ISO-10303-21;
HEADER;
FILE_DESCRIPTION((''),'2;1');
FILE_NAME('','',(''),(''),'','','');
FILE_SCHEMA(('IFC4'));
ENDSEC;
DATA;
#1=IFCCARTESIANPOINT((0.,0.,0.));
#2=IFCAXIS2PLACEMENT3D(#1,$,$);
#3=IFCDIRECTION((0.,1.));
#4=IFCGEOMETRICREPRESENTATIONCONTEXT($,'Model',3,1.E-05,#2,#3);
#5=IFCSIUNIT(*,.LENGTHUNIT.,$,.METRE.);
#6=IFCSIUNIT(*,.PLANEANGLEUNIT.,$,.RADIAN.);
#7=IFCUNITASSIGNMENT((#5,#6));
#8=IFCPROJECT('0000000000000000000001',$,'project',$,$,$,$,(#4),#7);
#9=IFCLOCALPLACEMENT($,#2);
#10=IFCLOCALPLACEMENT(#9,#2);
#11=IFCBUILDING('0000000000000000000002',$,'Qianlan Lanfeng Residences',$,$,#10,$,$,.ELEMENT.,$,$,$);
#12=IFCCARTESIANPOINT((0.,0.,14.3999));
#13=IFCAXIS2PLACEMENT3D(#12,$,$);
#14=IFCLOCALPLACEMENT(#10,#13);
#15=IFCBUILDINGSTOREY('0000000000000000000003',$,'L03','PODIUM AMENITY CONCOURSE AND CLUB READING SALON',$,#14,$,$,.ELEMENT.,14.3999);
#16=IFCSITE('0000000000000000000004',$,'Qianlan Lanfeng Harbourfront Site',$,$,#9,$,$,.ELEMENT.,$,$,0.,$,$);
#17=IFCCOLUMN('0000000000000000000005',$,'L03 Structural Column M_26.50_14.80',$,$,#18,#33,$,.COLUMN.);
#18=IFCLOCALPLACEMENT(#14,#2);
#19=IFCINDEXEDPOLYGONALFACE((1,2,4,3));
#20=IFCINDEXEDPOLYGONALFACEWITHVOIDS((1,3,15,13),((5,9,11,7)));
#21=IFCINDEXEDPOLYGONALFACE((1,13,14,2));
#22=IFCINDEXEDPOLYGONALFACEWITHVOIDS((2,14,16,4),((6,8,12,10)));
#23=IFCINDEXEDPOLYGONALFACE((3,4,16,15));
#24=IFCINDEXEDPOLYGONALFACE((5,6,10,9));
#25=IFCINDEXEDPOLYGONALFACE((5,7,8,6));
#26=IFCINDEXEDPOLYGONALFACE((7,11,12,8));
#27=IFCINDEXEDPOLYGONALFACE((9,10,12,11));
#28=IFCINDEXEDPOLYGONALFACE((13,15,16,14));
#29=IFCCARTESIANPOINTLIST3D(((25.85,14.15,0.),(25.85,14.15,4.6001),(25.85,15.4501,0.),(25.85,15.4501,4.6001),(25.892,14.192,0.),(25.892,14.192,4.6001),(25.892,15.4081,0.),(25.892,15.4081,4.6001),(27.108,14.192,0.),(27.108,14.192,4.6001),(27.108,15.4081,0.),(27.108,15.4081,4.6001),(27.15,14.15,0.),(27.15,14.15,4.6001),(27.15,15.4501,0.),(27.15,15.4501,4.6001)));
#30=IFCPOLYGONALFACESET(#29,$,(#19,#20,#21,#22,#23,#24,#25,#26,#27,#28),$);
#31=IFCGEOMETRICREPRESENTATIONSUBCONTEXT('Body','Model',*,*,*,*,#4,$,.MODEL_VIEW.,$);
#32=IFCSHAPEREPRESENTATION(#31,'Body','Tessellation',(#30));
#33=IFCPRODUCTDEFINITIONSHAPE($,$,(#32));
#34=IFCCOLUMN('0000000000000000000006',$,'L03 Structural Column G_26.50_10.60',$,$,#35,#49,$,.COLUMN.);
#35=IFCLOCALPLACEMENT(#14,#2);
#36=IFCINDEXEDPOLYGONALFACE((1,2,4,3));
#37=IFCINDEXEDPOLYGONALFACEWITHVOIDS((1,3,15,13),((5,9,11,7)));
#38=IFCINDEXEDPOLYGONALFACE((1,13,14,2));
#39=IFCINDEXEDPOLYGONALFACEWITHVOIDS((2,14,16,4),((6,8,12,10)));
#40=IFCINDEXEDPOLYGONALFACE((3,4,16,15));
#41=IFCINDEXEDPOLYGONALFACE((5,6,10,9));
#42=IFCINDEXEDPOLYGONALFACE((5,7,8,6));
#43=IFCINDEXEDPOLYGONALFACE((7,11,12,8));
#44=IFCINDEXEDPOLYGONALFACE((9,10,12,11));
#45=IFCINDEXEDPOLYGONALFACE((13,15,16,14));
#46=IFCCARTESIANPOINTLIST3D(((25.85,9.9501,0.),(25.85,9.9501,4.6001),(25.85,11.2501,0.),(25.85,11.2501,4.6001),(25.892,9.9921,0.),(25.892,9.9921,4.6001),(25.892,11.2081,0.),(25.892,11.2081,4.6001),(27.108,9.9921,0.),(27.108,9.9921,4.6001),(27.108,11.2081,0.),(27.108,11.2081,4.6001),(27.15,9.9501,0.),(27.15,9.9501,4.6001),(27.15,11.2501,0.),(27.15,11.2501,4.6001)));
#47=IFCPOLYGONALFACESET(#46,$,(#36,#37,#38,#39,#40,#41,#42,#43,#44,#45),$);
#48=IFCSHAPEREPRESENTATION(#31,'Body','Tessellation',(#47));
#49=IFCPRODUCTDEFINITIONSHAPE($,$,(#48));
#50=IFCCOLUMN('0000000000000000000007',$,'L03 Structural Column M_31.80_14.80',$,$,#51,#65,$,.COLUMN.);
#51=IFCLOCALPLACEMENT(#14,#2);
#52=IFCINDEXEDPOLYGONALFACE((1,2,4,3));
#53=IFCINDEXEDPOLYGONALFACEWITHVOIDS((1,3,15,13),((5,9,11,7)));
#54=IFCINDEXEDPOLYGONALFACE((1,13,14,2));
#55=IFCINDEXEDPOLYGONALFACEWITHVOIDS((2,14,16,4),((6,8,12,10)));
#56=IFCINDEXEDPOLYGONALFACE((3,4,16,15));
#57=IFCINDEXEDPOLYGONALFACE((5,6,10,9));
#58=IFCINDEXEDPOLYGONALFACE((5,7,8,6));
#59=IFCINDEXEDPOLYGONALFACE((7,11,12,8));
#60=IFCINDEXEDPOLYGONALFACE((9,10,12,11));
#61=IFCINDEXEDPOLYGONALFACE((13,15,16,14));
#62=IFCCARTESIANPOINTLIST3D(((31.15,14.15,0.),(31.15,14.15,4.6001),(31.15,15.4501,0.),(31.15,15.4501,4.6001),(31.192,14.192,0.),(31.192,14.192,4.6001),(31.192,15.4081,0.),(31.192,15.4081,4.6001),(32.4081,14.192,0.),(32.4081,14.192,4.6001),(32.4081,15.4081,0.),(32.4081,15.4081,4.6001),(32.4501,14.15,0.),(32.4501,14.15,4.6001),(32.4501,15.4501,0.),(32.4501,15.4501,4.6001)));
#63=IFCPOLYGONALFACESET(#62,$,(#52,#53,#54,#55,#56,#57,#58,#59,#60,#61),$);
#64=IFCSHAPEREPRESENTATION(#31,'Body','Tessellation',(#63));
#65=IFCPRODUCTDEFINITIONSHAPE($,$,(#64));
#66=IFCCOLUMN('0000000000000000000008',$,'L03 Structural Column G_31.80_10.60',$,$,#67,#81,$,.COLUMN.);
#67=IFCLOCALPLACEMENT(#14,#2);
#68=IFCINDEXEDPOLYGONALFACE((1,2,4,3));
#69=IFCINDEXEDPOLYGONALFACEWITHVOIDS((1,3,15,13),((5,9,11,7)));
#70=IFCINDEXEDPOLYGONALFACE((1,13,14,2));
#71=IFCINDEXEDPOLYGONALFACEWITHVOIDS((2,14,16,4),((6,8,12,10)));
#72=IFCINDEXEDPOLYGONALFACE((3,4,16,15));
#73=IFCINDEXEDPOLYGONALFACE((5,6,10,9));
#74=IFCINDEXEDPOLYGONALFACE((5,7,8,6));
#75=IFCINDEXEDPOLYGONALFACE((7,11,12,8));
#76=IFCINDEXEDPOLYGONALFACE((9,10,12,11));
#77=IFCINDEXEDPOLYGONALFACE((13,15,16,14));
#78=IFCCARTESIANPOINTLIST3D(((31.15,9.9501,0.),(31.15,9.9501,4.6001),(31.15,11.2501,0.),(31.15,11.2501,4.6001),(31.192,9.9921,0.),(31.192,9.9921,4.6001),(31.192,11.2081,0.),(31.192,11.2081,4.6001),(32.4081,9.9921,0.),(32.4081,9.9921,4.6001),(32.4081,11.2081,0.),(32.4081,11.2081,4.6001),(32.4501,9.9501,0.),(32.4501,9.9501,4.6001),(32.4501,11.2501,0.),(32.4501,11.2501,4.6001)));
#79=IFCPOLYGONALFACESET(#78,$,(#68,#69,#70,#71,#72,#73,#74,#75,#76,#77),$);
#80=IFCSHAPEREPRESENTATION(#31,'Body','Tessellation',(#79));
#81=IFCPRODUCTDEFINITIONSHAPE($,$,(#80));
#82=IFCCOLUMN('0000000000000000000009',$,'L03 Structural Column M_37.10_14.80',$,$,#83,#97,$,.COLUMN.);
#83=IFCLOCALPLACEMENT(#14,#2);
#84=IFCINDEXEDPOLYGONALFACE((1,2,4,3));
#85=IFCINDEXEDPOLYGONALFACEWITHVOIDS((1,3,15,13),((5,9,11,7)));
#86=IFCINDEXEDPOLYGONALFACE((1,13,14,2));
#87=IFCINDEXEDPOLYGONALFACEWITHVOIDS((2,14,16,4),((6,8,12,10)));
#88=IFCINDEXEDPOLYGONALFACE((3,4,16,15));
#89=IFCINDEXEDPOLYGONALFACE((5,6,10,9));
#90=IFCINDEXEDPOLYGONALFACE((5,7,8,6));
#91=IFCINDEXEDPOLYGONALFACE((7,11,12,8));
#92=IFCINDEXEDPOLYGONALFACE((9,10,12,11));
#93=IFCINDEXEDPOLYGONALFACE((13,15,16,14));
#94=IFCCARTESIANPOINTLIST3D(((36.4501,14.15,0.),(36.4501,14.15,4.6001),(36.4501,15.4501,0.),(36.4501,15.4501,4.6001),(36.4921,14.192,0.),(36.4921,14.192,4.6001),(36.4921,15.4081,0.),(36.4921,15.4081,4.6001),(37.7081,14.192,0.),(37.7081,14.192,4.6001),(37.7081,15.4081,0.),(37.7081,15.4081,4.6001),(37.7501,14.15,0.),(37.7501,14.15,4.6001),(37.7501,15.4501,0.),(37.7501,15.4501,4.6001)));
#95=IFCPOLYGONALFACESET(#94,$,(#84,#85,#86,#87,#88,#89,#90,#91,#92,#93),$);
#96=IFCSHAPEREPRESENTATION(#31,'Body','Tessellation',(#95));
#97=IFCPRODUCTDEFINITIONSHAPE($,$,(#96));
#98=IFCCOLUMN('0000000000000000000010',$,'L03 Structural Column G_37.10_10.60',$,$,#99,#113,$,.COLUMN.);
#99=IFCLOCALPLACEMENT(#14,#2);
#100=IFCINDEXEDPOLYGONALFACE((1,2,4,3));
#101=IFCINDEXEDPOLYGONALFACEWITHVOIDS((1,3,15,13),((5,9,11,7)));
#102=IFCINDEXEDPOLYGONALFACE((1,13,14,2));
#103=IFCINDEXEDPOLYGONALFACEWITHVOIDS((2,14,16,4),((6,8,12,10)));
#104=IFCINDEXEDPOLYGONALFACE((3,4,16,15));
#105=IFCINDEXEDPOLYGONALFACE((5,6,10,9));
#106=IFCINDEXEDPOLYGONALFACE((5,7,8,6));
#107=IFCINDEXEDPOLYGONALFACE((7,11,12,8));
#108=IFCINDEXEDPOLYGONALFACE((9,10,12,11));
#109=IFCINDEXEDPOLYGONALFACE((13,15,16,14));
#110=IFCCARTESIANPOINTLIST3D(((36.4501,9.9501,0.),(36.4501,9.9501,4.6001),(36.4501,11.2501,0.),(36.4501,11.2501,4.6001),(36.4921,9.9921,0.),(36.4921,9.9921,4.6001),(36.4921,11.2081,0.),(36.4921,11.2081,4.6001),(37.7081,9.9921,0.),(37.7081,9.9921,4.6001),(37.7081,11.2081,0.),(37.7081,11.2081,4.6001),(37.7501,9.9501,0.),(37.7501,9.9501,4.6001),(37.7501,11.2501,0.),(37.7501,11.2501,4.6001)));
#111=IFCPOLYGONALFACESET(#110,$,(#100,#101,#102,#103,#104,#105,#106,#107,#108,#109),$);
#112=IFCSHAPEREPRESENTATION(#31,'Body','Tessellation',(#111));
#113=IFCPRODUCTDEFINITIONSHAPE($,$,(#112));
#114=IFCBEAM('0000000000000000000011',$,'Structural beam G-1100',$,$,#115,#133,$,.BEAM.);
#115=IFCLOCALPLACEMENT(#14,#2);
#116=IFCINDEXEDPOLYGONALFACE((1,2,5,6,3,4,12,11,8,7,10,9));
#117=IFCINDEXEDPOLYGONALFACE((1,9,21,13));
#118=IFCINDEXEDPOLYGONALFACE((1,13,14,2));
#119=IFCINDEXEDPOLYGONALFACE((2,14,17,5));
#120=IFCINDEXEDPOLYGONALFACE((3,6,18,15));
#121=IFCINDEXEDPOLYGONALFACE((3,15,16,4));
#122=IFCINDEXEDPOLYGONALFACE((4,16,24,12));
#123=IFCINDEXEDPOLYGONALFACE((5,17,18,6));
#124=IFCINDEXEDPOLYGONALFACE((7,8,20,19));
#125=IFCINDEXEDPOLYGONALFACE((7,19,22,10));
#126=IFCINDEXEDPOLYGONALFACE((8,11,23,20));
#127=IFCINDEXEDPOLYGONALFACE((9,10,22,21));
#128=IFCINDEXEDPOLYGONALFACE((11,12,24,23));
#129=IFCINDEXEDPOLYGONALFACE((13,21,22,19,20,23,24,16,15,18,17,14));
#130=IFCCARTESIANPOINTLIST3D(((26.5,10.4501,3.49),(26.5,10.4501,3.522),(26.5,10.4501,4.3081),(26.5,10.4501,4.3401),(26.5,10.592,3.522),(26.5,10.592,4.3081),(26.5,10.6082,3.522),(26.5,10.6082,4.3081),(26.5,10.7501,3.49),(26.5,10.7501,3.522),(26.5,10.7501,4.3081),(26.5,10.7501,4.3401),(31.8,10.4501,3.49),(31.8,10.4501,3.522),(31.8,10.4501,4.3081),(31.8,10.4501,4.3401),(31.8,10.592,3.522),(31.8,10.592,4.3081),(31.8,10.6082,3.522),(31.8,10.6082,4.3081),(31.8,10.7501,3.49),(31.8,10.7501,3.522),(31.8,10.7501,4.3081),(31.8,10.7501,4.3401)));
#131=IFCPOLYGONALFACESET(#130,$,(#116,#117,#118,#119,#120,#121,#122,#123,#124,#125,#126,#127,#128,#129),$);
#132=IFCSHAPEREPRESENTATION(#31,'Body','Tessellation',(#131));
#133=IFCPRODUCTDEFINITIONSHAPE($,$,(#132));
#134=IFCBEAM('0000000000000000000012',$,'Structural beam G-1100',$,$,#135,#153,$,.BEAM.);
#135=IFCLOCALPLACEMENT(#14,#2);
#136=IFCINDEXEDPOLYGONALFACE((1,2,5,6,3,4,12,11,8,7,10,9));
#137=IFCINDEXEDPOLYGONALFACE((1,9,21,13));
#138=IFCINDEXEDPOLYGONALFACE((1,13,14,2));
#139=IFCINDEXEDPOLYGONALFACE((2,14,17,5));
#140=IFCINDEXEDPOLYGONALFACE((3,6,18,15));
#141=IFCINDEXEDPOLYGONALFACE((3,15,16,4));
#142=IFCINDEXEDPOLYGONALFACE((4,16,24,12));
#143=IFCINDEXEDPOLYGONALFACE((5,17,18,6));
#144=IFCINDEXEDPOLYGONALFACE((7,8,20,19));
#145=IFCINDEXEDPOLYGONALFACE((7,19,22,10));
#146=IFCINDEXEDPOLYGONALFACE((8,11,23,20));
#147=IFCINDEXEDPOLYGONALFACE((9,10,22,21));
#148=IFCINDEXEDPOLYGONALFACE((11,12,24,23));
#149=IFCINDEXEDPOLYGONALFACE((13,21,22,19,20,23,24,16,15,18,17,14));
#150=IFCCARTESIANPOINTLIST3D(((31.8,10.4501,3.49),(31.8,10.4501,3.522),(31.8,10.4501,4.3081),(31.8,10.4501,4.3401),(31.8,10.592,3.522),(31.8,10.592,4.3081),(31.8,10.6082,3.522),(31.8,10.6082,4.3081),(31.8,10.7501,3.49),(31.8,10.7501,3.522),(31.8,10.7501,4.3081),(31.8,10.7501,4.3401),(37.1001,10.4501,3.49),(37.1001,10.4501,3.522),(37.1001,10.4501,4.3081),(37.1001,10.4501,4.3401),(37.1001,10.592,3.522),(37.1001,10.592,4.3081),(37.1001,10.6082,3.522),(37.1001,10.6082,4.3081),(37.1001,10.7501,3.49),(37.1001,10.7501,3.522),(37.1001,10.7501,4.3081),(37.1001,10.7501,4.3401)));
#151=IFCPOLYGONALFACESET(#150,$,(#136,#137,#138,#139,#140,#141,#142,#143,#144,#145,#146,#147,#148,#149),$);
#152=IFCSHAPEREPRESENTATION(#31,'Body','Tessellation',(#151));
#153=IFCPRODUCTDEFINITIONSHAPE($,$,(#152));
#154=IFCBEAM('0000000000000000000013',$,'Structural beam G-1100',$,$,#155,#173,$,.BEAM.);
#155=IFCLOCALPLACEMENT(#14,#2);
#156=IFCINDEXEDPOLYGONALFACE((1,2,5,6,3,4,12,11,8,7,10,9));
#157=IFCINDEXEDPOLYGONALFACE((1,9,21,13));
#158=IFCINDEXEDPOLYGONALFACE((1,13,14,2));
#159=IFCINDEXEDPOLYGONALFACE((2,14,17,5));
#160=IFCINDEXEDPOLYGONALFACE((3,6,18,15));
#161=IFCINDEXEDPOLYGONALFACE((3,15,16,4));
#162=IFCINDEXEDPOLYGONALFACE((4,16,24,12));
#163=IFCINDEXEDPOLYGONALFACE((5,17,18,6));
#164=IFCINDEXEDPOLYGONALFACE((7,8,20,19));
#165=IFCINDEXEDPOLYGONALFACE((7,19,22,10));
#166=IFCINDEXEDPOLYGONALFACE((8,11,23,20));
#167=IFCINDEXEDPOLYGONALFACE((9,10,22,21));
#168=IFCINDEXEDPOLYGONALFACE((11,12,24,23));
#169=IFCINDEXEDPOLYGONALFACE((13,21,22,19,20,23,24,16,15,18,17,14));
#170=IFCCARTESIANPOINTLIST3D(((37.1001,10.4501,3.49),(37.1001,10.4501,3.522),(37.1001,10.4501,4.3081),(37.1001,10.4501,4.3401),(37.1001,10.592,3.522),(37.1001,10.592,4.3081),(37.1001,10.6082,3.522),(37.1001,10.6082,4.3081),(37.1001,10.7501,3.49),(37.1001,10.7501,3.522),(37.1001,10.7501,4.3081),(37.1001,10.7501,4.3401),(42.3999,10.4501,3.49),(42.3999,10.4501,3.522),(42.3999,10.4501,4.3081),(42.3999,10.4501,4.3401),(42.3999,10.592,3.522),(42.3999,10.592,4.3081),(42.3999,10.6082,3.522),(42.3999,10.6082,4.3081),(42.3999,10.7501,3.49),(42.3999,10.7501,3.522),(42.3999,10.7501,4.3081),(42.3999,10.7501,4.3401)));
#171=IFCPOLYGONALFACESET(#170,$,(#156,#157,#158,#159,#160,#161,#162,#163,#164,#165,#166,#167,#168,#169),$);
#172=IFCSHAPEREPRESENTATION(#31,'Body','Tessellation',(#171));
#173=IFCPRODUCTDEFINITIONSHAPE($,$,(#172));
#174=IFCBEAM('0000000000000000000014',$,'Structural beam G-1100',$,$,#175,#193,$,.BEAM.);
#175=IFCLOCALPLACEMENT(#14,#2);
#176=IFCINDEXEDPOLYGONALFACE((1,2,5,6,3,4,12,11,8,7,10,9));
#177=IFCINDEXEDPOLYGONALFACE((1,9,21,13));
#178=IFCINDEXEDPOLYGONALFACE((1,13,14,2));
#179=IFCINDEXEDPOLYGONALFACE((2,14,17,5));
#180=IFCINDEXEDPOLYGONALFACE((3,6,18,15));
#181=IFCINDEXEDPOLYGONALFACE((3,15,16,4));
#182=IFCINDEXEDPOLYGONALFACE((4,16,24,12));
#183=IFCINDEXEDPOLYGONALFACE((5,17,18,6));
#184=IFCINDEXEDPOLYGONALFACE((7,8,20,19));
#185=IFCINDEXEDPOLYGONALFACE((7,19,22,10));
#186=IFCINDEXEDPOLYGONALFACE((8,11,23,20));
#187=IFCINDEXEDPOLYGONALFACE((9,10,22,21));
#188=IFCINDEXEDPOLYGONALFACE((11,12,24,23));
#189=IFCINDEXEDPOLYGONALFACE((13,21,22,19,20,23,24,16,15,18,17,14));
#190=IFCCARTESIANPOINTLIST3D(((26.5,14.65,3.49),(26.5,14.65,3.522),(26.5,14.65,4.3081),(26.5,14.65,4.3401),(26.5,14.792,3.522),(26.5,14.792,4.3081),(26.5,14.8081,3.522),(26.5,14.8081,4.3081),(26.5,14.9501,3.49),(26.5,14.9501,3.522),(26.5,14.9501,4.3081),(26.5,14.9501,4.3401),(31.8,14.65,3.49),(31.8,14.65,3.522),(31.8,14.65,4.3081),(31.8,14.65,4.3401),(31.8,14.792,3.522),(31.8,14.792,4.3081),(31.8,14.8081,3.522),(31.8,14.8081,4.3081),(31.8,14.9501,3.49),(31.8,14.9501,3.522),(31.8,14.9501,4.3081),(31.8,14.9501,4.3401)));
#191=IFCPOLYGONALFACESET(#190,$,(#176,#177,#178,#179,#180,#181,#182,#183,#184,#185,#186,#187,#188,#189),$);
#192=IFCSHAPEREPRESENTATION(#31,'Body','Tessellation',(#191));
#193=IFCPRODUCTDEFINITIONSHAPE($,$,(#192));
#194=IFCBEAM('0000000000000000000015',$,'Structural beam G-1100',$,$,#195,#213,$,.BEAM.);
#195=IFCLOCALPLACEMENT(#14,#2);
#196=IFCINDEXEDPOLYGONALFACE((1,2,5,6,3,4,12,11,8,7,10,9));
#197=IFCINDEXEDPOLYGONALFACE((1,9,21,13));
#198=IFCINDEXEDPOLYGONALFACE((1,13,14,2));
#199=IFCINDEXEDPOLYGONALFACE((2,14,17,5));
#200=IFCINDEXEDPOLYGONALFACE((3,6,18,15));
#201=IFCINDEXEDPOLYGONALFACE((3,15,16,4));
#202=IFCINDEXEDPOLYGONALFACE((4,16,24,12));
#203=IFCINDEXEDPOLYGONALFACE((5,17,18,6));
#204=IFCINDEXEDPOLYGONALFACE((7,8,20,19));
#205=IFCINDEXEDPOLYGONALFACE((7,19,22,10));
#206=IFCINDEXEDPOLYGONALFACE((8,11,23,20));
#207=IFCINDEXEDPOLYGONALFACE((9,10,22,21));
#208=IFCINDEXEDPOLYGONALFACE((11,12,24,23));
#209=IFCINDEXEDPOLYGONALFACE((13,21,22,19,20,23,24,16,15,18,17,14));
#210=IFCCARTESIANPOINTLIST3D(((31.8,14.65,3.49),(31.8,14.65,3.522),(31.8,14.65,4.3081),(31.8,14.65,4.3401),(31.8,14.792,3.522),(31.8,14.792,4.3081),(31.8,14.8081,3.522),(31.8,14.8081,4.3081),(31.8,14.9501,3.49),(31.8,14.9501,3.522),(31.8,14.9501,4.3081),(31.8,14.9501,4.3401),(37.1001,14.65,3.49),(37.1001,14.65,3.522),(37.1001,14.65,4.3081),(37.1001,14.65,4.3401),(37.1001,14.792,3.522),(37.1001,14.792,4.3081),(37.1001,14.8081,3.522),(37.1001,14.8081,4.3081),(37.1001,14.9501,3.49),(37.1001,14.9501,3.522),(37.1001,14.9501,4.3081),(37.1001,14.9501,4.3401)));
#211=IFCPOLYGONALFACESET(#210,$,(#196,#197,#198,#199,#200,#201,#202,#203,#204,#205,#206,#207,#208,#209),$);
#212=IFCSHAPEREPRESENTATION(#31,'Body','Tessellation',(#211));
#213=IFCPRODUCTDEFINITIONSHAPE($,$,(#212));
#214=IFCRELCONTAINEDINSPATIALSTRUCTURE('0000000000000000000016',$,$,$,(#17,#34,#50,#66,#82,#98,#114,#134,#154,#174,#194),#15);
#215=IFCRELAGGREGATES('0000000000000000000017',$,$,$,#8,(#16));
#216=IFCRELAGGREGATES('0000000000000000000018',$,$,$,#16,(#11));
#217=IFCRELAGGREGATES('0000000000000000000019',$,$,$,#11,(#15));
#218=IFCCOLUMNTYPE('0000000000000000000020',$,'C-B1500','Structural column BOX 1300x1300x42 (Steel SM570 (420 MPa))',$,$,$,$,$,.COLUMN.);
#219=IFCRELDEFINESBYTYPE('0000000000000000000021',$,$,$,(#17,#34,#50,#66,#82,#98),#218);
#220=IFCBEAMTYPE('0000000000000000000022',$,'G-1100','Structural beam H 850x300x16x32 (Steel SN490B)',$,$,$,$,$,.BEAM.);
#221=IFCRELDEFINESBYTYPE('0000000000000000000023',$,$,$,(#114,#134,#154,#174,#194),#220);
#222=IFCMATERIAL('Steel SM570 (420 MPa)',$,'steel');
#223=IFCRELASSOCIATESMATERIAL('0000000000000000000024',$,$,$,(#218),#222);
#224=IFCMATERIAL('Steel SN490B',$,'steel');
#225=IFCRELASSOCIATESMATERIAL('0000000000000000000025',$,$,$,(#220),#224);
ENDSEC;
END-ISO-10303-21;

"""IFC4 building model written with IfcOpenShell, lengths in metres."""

from ifc_helpers import new_model, si_unit, direction, frame, origin, origin_2d, place, context, subcontext, project, spatial, hollow_rectangle, i_section, extrude, material, material_profile, profile_set, type_object, element, save


model = new_model("IFC4")

# Units and contexts
model_context = context("Model", 3, precision=1e-05, world=origin(), true_north=direction((0.0, 1.0)))
body_context = subcontext(model_context, "Body", "Model", "MODEL_VIEW")
ifc_project = project(units=[si_unit("LENGTHUNIT", "METRE"), si_unit("PLANEANGLEUNIT", "RADIAN")], contexts=[model_context])

# Site, building, storey
site_placement = place(None, origin())
site = spatial("IfcSite", under=ifc_project, at=site_placement, Name="Qianlan Lanfeng Harbourfront Site", CompositionType="ELEMENT", RefElevation=0.0)
building_placement = place(site_placement, origin())
building = spatial("IfcBuilding", under=site, at=building_placement, Name="Qianlan Lanfeng Residences", CompositionType="ELEMENT")
storey_placement = place(building_placement, frame((0.0, 0.0, 14.3999)))
storey = spatial("IfcBuildingStorey", under=building, at=storey_placement, Name="L03", Description="PODIUM AMENITY CONCOURSE AND CLUB READING SALON", CompositionType="ELEMENT", Elevation=14.3999)

# Columns
ifc_material_1 = material(Name="Steel SM570 (420 MPa)", Category="steel")
ifc_material_profile_1 = material_profile(ifc_material_1, hollow_rectangle(XDim=1.3, YDim=1.3, WallThickness=0.042, at=origin_2d()), Name="BOX 1300x1300x42")
ifc_profile_set_1 = profile_set([ifc_material_profile_1], Name="Steel SM570 (420 MPa)")
column_type = type_object("IfcColumnType", Name="C-B1500", Description="Structural column BOX 1300x1300x42 (Steel SM570 (420 MPa))", PredefinedType="COLUMN", material=ifc_profile_set_1)
for number, where, z_axis, x_axis, name in (
    (1, (26.5, 14.8, 0.0), (0.0, 0.0, 1.0), (1.0, 0.0, 0.0), "L03 Structural Column M_26.50_14.80"),
    (2, (26.5, 10.6001, 0.0), (0.0, 0.0, 1.0), (1.0, 0.0, 0.0), "L03 Structural Column G_26.50_10.60"),
    (3, (31.8, 14.8, 0.0), (0.0, 0.0, 1.0), (1.0, 0.0, 0.0), "L03 Structural Column M_31.80_14.80"),
    (4, (31.8, 10.6001, 0.0), (0.0, 0.0, 1.0), (1.0, 0.0, 0.0), "L03 Structural Column G_31.80_10.60"),
    (5, (37.1001, 14.8, 0.0), (0.0, 0.0, 1.0), (1.0, 0.0, 0.0), "L03 Structural Column M_37.10_14.80"),
    (6, (37.1001, 10.6001, 0.0), (0.0, 0.0, 1.0), (1.0, 0.0, 0.0), "L03 Structural Column G_37.10_10.60"),
):
    element("IfcColumn", number, at=place(storey_placement, frame(where, z_axis=z_axis, x_axis=x_axis)), inside=storey, type_object=column_type, Name=name, PredefinedType="COLUMN", context=body_context, shape_type="SweptSolid", body=[
        extrude(hollow_rectangle(XDim=1.3, YDim=1.3, WallThickness=0.042, at=origin_2d()), origin(), (0.0, 0.0, 1.0), 4.6001),
    ])

# Beams
ifc_material_2 = material(Name="Steel SN490B", Category="steel")
ifc_material_profile_2 = material_profile(ifc_material_2, i_section(OverallWidth=0.3, OverallDepth=0.8501, WebThickness=0.0161, FlangeThickness=0.032, at=origin_2d()), Name="H 850x300x16x32")
ifc_profile_set_2 = profile_set([ifc_material_profile_2], Name="Steel SN490B")
beam_type_1 = type_object("IfcBeamType", Name="G-1100", Description="Structural beam H 850x300x16x32 (Steel SN490B)", PredefinedType="BEAM", material=ifc_profile_set_2)
for number, where, z_axis, x_axis, name in (
    (7, (26.5, 10.6001, 3.915), (1.0, 0.0, 0.0), (0.0, 1.0, 0.0), "Structural beam G-1100"),
    (8, (31.8, 10.6001, 3.915), (1.0, 0.0, 0.0), (0.0, 1.0, 0.0), "Structural beam G-1100"),
):
    element("IfcBeam", number, at=place(storey_placement, frame(where, z_axis=z_axis, x_axis=x_axis)), inside=storey, type_object=beam_type_1, Name=name, PredefinedType="BEAM", context=body_context, shape_type="SweptSolid", body=[
        extrude(i_section(OverallWidth=0.3, OverallDepth=0.8501, WebThickness=0.0161, FlangeThickness=0.032, at=origin_2d()), origin(), (0.0, 0.0, 1.0), 5.3),
    ])
beam_1_placement = place(storey_placement, frame((37.1001, 10.6001, 3.915), z_axis=(1.0, 0.0, 0.0), x_axis=(0.0, 1.0, 0.0)))
element("IfcBeam", 9, at=beam_1_placement, inside=storey, type_object=beam_type_1, Name="Structural beam G-1100", PredefinedType="BEAM", context=body_context, shape_type="SweptSolid", body=[
    extrude(i_section(OverallWidth=0.3, OverallDepth=0.8501, WebThickness=0.0161, FlangeThickness=0.032, at=origin_2d()), origin(), (0.0, 0.0, 1.0), 5.2998),
])
for number, where, z_axis, x_axis, name in (
    (10, (26.5, 14.8, 3.915), (1.0, 0.0, 0.0), (0.0, 1.0, 0.0), "Structural beam G-1100"),
    (11, (31.8, 14.8, 3.915), (1.0, 0.0, 0.0), (0.0, 1.0, 0.0), "Structural beam G-1100"),
):
    element("IfcBeam", number, at=place(storey_placement, frame(where, z_axis=z_axis, x_axis=x_axis)), inside=storey, type_object=beam_type_1, Name=name, PredefinedType="BEAM", context=body_context, shape_type="SweptSolid", body=[
        extrude(i_section(OverallWidth=0.3, OverallDepth=0.8501, WebThickness=0.0161, FlangeThickness=0.032, at=origin_2d()), origin(), (0.0, 0.0, 1.0), 5.3),
    ])

save(model, "model.ifc")
